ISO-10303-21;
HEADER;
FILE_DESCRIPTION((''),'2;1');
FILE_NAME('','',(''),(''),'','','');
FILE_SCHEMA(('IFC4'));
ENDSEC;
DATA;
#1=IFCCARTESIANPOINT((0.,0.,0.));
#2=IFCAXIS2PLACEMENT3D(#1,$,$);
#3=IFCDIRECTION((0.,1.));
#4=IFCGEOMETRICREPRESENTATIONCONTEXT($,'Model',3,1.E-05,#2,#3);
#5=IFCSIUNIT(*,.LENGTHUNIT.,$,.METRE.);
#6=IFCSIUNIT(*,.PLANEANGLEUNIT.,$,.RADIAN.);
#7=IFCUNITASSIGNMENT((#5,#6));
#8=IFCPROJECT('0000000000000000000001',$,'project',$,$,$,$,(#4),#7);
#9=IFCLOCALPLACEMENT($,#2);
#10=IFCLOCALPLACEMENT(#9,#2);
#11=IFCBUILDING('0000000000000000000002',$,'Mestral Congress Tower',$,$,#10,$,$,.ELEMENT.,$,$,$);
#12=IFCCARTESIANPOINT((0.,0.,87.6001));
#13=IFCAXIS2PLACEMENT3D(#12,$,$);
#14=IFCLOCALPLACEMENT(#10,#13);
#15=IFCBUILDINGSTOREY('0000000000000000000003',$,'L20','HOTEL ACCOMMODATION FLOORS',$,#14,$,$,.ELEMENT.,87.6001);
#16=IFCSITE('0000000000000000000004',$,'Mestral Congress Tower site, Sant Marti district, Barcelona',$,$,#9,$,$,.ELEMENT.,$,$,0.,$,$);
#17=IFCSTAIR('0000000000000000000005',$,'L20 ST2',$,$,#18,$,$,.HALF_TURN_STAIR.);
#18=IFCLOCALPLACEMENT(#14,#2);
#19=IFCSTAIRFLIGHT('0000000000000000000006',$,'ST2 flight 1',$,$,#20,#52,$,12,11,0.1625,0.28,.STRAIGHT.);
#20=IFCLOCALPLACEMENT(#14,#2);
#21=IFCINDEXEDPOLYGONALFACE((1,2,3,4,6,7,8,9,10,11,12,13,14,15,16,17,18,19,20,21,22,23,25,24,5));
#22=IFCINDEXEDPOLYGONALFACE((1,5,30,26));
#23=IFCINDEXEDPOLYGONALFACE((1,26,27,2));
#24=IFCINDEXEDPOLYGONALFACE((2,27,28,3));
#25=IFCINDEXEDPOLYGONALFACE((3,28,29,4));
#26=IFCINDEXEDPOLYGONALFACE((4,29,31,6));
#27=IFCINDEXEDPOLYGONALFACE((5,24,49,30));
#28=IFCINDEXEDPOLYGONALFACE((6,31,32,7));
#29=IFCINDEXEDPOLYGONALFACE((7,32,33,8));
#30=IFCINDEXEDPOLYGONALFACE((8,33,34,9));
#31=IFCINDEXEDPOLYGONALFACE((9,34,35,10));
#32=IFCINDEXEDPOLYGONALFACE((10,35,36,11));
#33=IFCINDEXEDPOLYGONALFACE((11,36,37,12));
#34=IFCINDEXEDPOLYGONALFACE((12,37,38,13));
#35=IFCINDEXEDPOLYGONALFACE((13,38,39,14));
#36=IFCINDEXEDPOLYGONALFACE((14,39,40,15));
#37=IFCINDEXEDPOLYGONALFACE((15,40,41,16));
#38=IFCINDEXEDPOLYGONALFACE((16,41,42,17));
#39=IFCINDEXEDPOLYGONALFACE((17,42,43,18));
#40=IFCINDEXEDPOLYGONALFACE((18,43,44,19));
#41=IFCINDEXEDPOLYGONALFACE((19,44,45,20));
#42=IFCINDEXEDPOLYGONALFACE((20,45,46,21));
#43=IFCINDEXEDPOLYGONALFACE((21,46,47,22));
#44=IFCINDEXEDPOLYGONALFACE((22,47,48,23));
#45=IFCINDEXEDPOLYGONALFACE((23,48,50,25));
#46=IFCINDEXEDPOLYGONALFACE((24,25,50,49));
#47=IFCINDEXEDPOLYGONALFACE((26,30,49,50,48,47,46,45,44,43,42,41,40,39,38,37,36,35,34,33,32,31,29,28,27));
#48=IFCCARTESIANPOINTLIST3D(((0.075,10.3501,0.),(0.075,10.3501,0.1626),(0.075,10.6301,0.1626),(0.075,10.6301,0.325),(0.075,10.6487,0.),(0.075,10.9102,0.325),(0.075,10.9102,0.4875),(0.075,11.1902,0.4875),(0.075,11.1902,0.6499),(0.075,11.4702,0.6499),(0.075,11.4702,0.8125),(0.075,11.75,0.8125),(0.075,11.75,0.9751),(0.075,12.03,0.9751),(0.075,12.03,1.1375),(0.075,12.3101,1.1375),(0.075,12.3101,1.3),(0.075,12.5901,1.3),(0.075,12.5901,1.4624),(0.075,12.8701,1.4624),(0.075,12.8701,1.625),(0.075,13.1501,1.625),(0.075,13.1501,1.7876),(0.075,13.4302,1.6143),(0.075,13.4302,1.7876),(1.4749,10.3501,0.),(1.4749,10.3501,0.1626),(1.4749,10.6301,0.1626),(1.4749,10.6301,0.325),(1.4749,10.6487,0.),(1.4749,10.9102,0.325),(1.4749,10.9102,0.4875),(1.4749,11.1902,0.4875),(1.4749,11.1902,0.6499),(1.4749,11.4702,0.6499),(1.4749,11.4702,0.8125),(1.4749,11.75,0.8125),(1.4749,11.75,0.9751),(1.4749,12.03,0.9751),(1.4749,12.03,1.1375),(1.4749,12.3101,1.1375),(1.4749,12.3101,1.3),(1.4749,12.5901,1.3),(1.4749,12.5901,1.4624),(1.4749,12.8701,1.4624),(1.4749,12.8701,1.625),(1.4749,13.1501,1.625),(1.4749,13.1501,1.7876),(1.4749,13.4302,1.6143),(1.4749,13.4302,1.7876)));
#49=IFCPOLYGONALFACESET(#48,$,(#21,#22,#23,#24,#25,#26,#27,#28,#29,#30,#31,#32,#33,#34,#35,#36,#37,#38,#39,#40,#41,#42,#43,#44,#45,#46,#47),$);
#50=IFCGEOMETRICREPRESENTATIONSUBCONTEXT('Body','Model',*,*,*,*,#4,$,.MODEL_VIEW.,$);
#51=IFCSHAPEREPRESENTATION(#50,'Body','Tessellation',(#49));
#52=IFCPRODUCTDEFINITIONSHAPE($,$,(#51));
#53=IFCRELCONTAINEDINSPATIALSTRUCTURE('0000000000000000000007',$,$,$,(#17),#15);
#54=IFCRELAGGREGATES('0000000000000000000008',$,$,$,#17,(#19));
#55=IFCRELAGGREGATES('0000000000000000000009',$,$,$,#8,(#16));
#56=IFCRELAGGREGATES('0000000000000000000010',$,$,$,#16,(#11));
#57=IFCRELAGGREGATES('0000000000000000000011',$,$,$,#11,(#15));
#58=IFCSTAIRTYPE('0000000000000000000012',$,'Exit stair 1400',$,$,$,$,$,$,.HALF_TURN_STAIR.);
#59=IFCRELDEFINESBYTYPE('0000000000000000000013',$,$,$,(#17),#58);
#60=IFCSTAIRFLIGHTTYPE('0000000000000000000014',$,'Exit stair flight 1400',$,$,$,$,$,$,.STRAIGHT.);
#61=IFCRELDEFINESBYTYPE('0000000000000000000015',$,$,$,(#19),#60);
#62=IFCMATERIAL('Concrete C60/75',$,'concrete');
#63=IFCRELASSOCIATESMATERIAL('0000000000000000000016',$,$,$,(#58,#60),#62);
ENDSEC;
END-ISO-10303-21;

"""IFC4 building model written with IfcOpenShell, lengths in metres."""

from ifc_helpers import new_model, si_unit, direction, frame, origin, place, context, subcontext, project, spatial, polyline, outline, extrude, material, type_object, element, aggregate, save


model = new_model("IFC4")

# Units and contexts
model_context = context("Model", 3, precision=1e-05, world=origin(), true_north=direction((0.0, 1.0)))
body_context = subcontext(model_context, "Body", "Model", "MODEL_VIEW")
ifc_project = project(units=[si_unit("LENGTHUNIT", "METRE"), si_unit("PLANEANGLEUNIT", "RADIAN")], contexts=[model_context])

# Site, building, storey
site_placement = place(None, origin())
site = spatial("IfcSite", under=ifc_project, at=site_placement, Name="Mestral Congress Tower site, Sant Marti district, Barcelona", CompositionType="ELEMENT", RefElevation=0.0)
building_placement = place(site_placement, origin())
building = spatial("IfcBuilding", under=site, at=building_placement, Name="Mestral Congress Tower", CompositionType="ELEMENT")
storey_placement = place(building_placement, frame((0.0, 0.0, 87.6001)))
storey = spatial("IfcBuildingStorey", under=building, at=storey_placement, Name="L20", Description="HOTEL ACCOMMODATION FLOORS", CompositionType="ELEMENT", Elevation=87.6001)

# Shared definitions
ifc_material_1 = material(Name="Concrete C60/75", Category="concrete")

# Stair
stair_type = type_object("IfcStairType", Name="Exit stair 1400", PredefinedType="HALF_TURN_STAIR", material=ifc_material_1)
placement_1 = place(storey_placement, origin())
stair_1 = element("IfcStair", 1, at=placement_1, inside=storey, type_object=stair_type, Name="L20 ST2", PredefinedType="HALF_TURN_STAIR")

# Stair flight
stair_flight_type = type_object("IfcStairFlightType", Name="Exit stair flight 1400", PredefinedType="STRAIGHT", material=ifc_material_1)
stair_flight_placement = place(storey_placement, frame((0.7749, 10.3501, 0.0), z_axis=(0.0, 0.0, 1.0), x_axis=(0.0, 1.0, 0.0)))
stair_flight = element("IfcStairFlight", 2, at=stair_flight_placement, type_object=stair_flight_type, Name="ST2 flight 1", NumberOfRisers=12, NumberOfTreads=11, PredefinedType="STRAIGHT", RiserHeight=0.1625, TreadLength=0.28, context=body_context, shape_type="SweptSolid", body=[
    extrude(outline(polyline([(0.0, 0.0), (0.0, 0.1626), (0.28, 0.1626), (0.28, 0.325), (0.5601, 0.325), (0.5601, 0.4875), (0.8401, 0.4875), (0.8401, 0.6499), (1.1201, 0.6499), (1.1201, 0.8125), (1.3999, 0.8125), (1.3999, 0.9751), (1.6799, 0.9751), (1.6799, 1.1375), (1.96, 1.1375), (1.96, 1.3), (2.24, 1.3), (2.24, 1.4624), (2.52, 1.4624), (2.52, 1.625), (2.8, 1.625), (2.8, 1.7876), (3.0801, 1.7876), (3.0801, 1.95), (3.0801, 1.6143), (0.2986, 0.0), (0.0, 0.0)])), frame((0.0, 0.7, 0.0), z_axis=(0.0, -1.0, 0.0), x_axis=(1.0, 0.0, 0.0)), (0.0, 0.0, 1.0), 1.3999),
])
aggregate(stair_1, [stair_flight])

save(model, "model.ifc")
